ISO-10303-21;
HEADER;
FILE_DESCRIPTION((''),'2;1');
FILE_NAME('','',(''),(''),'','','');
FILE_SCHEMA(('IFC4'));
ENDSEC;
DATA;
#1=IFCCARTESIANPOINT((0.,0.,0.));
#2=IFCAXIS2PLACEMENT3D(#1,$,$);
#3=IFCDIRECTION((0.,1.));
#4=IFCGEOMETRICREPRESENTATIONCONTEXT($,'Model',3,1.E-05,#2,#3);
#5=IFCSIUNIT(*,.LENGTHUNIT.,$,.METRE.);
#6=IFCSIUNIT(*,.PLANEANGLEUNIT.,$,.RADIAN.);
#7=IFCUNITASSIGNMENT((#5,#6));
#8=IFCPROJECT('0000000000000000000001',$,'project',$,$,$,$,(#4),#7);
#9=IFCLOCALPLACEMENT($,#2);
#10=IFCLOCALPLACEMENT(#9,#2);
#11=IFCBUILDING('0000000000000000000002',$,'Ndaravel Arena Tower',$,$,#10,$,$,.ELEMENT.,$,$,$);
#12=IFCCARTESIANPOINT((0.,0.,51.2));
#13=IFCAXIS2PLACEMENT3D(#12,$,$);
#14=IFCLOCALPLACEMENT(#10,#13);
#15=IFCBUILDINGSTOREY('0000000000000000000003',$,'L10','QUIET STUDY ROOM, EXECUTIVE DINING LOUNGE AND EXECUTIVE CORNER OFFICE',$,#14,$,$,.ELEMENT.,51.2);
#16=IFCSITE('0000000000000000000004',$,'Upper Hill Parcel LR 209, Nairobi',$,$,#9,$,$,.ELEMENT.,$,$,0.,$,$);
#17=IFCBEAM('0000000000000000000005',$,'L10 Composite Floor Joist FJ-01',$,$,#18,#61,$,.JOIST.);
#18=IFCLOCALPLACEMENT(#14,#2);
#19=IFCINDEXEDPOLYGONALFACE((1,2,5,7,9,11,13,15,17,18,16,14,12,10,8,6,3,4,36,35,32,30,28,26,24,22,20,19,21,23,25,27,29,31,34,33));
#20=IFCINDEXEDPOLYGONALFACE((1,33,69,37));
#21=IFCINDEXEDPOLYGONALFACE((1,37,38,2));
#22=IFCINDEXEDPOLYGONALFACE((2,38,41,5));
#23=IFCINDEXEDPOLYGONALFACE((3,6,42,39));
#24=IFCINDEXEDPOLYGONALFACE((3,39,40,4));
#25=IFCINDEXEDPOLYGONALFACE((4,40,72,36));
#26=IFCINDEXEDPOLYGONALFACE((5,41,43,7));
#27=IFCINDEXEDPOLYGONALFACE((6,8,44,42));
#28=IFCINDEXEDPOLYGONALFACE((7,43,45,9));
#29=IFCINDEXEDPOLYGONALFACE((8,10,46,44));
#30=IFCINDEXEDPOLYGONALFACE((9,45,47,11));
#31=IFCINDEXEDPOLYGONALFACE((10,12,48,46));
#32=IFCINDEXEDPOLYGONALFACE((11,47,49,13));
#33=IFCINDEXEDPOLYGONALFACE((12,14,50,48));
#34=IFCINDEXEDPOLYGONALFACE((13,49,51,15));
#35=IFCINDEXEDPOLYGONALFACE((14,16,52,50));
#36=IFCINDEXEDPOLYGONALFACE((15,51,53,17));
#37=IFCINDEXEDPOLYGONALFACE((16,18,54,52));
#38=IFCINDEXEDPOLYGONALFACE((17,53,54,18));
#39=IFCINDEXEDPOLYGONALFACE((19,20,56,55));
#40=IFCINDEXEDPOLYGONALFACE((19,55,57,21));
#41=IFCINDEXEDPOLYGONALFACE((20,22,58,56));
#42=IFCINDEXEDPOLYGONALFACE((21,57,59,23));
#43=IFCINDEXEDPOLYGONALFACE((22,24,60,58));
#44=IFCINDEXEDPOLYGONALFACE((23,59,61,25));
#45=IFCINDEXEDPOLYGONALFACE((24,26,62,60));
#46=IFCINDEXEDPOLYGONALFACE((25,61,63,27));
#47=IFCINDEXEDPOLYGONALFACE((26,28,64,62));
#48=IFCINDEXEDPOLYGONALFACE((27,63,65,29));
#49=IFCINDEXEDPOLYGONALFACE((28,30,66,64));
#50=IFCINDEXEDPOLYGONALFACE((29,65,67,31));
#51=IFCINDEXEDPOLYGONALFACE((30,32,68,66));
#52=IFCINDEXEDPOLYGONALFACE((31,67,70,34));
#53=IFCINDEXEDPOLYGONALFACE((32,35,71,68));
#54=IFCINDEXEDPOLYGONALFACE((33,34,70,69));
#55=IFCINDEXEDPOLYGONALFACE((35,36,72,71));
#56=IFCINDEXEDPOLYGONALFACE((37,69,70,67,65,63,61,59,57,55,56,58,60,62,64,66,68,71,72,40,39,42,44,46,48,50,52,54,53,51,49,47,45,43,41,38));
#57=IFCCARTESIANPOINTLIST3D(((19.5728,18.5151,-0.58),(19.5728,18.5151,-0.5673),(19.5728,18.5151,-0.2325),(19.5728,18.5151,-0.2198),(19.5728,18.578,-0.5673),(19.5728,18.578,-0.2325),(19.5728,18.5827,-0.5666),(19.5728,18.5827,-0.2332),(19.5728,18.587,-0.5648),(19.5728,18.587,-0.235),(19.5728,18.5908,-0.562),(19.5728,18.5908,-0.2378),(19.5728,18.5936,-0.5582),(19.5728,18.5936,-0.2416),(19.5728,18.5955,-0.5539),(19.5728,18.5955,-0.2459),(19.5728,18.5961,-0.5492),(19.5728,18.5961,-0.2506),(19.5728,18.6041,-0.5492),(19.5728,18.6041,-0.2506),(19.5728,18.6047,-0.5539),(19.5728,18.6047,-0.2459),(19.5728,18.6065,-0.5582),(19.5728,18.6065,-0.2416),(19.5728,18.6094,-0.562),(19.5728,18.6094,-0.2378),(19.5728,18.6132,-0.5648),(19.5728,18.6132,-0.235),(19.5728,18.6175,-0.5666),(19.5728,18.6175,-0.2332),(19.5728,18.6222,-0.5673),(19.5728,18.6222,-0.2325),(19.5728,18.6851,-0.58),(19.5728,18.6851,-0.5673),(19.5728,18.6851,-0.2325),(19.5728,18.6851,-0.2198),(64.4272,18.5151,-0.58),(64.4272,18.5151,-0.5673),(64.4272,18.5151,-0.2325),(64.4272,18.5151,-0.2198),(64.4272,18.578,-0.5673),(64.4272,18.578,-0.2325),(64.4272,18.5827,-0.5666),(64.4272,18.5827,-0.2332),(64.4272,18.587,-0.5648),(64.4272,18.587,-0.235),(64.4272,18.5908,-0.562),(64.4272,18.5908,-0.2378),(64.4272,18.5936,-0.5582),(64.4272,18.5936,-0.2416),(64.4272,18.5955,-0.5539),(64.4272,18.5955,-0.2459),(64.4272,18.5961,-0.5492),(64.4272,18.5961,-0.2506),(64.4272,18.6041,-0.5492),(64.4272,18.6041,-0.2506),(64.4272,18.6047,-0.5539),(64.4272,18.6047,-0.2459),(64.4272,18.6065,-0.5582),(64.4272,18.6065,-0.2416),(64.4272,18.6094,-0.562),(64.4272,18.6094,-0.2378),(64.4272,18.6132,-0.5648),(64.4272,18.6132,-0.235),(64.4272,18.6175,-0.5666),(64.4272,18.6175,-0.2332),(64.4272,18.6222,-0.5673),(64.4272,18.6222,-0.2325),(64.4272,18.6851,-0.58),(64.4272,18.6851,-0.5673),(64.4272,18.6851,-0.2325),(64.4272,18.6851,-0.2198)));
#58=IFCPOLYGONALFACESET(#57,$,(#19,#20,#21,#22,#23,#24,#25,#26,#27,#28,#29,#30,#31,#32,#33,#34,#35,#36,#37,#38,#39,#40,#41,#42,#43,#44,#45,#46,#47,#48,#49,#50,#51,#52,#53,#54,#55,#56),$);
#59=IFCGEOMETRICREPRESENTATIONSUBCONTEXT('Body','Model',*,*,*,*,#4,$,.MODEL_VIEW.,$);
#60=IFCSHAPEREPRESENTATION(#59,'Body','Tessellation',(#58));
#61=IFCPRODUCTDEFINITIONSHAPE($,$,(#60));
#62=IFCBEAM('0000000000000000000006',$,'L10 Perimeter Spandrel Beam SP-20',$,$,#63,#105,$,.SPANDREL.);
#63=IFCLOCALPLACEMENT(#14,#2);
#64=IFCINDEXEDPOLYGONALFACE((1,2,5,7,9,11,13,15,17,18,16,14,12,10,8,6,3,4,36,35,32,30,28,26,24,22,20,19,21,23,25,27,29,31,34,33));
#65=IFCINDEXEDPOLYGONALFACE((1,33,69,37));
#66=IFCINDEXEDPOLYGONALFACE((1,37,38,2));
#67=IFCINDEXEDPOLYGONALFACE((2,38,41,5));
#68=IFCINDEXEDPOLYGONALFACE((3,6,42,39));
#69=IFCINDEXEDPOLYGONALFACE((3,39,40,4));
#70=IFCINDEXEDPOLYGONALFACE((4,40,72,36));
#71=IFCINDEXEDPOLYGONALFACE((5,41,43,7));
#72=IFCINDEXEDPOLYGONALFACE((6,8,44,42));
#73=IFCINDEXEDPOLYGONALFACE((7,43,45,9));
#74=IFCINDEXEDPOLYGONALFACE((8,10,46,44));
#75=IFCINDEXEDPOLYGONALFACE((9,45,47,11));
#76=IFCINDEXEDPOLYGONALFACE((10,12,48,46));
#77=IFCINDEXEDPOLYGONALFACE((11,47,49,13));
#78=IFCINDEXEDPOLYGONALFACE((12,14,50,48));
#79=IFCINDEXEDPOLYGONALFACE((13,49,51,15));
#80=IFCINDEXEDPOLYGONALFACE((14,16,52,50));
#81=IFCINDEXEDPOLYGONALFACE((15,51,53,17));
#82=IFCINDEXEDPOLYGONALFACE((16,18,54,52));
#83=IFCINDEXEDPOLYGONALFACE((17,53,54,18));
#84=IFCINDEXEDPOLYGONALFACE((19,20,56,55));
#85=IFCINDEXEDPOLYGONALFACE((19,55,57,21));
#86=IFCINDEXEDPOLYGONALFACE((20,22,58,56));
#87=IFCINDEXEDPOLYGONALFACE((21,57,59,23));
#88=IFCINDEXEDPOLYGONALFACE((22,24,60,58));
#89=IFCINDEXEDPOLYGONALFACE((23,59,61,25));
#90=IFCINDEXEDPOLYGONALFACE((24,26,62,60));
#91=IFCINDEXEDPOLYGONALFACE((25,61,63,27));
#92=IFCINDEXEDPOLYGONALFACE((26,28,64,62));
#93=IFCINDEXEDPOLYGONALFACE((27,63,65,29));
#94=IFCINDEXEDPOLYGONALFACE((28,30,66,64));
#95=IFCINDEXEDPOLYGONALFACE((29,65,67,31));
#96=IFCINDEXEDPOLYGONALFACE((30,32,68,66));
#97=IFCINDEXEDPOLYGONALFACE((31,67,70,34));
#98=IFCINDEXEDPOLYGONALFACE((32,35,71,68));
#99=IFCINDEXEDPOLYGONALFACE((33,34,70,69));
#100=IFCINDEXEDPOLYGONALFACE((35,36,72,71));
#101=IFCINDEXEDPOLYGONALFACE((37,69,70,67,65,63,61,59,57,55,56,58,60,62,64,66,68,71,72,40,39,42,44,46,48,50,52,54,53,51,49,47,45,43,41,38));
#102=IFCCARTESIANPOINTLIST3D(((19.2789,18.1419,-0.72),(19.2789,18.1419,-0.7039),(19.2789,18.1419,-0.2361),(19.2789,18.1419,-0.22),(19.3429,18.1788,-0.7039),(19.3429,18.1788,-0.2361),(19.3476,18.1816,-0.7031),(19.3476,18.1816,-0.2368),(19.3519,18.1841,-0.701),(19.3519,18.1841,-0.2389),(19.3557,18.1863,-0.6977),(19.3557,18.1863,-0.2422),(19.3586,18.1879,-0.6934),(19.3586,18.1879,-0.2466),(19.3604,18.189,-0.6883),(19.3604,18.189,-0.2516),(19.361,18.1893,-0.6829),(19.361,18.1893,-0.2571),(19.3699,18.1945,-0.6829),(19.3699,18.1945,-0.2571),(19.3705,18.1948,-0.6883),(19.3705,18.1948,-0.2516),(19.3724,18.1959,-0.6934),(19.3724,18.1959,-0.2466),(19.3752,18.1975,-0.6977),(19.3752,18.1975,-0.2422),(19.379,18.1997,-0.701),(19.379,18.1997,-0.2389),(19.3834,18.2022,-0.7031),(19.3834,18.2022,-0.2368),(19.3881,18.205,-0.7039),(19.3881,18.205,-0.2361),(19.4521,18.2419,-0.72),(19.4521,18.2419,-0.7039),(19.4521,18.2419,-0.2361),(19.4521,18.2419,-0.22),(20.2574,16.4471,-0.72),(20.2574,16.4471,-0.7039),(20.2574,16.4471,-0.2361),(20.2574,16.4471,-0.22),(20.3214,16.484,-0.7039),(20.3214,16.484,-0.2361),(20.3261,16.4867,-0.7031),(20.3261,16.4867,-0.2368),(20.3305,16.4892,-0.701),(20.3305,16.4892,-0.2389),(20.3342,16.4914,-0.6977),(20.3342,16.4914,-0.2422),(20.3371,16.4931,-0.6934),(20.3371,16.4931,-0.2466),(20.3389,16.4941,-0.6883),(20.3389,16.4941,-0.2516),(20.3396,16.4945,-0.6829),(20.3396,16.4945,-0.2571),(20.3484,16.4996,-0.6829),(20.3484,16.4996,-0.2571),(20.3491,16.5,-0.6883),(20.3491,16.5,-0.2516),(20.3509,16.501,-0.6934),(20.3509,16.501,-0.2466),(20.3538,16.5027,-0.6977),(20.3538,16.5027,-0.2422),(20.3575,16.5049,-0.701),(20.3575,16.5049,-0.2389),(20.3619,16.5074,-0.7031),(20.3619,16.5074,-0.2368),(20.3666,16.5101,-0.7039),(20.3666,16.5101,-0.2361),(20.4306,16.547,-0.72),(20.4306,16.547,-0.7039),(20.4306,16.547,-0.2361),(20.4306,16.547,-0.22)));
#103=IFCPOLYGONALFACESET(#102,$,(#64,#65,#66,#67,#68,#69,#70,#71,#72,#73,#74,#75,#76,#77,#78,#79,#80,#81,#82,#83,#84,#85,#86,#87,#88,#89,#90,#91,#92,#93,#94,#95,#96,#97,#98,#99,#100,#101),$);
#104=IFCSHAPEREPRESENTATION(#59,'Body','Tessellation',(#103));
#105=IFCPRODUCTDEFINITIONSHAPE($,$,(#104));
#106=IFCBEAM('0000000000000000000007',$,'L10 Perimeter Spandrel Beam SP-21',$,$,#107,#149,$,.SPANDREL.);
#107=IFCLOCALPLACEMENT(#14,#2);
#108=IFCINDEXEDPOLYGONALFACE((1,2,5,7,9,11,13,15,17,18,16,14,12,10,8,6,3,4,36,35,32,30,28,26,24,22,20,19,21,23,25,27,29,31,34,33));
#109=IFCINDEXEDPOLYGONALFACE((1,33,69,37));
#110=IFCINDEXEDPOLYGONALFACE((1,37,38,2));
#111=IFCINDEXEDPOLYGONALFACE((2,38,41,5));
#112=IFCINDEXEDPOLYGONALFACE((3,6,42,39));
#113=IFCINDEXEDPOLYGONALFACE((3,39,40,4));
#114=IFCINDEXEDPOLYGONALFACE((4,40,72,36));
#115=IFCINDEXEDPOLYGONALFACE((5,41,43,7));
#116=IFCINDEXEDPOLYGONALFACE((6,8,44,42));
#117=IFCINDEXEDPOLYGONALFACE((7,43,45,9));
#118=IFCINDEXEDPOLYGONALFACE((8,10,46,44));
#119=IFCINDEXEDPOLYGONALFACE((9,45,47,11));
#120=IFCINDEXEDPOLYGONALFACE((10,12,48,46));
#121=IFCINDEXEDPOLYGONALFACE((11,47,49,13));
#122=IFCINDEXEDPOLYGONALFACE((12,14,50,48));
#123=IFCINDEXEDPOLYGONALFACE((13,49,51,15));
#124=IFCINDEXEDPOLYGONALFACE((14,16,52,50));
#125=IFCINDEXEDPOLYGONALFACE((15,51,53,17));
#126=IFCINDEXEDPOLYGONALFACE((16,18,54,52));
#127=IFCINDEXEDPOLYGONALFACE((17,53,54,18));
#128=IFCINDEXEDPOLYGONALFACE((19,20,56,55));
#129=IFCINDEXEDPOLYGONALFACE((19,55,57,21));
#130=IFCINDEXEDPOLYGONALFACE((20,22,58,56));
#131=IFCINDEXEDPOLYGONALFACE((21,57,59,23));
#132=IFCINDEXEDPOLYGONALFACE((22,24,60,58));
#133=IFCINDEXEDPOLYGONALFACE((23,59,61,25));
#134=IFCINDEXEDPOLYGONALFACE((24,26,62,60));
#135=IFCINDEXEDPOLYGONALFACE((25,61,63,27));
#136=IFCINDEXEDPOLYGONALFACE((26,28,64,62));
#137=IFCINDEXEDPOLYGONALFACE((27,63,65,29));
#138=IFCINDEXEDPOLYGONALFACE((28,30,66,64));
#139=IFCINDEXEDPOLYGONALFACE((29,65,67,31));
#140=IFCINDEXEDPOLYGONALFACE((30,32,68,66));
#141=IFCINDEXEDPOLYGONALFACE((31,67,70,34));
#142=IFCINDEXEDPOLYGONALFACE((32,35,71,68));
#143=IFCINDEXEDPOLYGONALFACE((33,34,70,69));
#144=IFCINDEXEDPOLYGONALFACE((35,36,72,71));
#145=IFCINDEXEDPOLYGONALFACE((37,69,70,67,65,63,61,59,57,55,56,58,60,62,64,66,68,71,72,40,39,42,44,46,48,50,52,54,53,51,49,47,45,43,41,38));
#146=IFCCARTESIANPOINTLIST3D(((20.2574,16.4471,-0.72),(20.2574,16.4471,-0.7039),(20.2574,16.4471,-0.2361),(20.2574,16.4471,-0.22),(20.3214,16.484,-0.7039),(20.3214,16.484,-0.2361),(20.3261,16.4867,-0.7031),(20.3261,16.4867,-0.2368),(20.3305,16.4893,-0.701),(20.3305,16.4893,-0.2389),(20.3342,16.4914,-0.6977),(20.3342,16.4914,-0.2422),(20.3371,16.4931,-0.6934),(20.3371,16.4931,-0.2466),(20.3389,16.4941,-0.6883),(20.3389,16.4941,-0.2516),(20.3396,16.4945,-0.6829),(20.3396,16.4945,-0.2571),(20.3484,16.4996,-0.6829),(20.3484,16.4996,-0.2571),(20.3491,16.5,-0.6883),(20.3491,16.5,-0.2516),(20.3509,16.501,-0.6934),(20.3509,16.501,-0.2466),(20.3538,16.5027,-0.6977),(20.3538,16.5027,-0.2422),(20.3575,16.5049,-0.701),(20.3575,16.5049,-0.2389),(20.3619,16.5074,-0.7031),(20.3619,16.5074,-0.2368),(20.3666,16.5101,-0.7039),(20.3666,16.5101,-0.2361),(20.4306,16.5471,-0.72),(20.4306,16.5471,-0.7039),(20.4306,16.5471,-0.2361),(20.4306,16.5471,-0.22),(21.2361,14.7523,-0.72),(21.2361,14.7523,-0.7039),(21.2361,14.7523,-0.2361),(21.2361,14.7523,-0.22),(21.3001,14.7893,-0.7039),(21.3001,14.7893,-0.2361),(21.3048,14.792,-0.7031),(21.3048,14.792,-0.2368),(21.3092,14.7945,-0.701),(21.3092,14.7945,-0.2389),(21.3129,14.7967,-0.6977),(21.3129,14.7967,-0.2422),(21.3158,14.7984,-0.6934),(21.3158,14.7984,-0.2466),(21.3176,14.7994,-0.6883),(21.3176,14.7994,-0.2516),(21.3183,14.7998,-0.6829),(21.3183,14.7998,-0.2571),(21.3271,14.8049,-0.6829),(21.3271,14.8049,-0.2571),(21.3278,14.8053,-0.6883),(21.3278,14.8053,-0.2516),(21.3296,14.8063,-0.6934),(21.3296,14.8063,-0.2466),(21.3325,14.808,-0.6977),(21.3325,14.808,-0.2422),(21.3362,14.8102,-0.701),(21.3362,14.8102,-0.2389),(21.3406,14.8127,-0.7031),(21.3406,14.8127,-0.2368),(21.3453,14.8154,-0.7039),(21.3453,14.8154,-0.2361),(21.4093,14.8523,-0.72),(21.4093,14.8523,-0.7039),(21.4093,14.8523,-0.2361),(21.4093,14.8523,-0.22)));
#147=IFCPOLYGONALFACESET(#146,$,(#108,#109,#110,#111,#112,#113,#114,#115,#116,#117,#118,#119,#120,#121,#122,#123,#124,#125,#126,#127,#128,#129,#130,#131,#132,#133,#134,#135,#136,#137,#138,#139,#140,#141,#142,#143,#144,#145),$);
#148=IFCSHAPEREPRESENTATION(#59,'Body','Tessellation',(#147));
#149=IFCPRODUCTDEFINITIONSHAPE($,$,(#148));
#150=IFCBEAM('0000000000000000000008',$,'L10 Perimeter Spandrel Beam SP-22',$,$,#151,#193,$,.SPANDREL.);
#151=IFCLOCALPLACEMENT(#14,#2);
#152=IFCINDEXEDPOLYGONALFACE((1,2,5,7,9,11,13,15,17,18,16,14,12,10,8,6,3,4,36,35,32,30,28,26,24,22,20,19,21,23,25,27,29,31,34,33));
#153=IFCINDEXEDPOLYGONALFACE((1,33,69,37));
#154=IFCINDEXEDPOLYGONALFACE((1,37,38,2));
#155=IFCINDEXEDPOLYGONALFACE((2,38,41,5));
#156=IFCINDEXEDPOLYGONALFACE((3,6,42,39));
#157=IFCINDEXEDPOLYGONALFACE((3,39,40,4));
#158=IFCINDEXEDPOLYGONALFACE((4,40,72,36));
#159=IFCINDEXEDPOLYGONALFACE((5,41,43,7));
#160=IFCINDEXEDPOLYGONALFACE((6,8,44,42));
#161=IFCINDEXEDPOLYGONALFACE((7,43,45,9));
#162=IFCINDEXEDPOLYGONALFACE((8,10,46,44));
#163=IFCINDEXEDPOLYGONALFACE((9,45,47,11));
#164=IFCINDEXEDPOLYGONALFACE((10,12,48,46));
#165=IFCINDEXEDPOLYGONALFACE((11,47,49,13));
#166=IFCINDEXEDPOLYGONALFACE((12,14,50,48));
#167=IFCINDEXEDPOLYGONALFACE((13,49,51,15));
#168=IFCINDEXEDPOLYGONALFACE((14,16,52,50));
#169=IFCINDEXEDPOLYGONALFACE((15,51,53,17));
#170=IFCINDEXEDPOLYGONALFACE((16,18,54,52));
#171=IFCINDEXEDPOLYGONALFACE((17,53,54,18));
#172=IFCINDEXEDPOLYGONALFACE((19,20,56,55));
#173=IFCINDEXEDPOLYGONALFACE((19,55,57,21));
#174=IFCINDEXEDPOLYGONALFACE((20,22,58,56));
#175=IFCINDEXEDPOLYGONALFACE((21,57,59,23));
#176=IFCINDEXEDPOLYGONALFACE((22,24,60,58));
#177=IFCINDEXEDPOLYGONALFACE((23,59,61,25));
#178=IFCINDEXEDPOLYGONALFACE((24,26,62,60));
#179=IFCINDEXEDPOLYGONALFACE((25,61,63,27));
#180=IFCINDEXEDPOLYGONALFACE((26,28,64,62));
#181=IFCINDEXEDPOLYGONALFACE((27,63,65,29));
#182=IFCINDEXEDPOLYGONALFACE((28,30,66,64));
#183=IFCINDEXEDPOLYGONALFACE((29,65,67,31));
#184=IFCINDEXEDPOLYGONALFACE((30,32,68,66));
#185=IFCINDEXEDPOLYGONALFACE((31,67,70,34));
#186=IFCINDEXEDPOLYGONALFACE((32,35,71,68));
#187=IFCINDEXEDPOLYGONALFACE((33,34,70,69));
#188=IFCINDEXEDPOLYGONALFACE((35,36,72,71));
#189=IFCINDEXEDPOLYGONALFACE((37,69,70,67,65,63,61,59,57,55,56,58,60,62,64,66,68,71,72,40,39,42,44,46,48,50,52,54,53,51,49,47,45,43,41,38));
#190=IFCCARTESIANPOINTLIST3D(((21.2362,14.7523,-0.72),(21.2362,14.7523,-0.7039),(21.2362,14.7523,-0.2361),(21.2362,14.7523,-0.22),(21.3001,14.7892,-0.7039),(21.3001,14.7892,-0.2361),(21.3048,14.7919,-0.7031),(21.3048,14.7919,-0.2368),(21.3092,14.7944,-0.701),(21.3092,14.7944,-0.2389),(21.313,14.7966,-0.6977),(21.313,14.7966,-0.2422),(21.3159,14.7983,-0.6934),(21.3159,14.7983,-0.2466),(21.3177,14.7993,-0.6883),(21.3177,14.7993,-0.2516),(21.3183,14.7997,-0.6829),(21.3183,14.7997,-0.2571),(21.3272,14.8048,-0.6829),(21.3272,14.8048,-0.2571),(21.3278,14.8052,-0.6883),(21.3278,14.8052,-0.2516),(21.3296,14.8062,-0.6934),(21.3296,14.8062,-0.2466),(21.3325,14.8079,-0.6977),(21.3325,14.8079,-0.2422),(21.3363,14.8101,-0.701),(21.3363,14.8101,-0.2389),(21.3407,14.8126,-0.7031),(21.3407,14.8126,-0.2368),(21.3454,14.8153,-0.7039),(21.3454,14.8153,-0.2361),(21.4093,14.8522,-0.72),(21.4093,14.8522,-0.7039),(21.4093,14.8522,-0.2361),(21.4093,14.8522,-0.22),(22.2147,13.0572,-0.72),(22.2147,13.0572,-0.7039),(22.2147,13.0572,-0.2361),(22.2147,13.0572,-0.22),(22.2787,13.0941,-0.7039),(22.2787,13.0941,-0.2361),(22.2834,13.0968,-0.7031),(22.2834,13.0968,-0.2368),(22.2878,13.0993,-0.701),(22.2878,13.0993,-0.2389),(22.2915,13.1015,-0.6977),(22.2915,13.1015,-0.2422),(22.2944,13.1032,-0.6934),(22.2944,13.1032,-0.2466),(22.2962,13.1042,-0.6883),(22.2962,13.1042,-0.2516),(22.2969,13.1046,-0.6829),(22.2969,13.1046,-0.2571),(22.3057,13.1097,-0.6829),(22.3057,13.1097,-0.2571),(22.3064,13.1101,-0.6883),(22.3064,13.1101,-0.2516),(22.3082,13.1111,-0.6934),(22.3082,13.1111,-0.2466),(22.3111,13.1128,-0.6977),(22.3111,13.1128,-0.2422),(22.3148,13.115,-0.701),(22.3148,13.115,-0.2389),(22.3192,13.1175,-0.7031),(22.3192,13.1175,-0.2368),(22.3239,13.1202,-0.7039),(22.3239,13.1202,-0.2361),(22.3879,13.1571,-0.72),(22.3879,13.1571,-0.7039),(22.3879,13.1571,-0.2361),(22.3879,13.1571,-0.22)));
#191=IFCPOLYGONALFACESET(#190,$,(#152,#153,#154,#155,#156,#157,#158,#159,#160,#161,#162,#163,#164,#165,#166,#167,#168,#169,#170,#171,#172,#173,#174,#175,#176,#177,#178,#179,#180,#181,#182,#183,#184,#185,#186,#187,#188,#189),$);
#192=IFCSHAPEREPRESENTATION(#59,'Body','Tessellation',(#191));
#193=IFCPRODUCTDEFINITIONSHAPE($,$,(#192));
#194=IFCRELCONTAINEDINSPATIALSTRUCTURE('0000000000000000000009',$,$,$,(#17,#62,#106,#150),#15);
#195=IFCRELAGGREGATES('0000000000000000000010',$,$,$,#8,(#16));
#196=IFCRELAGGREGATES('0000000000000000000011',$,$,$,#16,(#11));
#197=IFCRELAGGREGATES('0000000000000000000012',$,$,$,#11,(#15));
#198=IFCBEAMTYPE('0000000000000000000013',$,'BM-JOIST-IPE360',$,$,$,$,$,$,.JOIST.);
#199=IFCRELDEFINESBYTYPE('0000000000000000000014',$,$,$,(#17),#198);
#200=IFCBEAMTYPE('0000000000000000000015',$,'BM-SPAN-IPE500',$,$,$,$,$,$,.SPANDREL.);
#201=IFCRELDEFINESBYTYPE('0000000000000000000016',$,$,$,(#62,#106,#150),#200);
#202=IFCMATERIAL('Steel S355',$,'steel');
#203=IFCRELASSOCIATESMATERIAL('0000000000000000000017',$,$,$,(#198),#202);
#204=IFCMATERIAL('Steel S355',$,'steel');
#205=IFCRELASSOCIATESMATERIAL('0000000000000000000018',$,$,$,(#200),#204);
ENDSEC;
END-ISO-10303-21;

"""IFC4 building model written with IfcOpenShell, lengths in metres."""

from ifc_helpers import new_model, si_unit, direction, frame, origin, origin_2d, place, context, subcontext, project, spatial, i_section, extrude, material, material_profile, profile_set, type_object, element, save


model = new_model("IFC4")

# Units and contexts
model_context = context("Model", 3, precision=1e-05, world=origin(), true_north=direction((0.0, 1.0)))
body_context = subcontext(model_context, "Body", "Model", "MODEL_VIEW")
ifc_project = project(units=[si_unit("LENGTHUNIT", "METRE"), si_unit("PLANEANGLEUNIT", "RADIAN")], contexts=[model_context])

# Site, building, storey
site_placement = place(None, origin())
site = spatial("IfcSite", under=ifc_project, at=site_placement, Name="Upper Hill Parcel LR 209, Nairobi", CompositionType="ELEMENT", RefElevation=0.0)
building_placement = place(site_placement, origin())
building = spatial("IfcBuilding", under=site, at=building_placement, Name="Ndaravel Arena Tower", CompositionType="ELEMENT")
storey_placement = place(building_placement, frame((0.0, 0.0, 51.2)))
storey = spatial("IfcBuildingStorey", under=building, at=storey_placement, Name="L10", Description="QUIET STUDY ROOM, EXECUTIVE DINING LOUNGE AND EXECUTIVE CORNER OFFICE", CompositionType="ELEMENT", Elevation=51.2)

# Beams
ifc_material_1 = material(Name="Steel S355", Category="steel")
ifc_material_profile_1 = material_profile(ifc_material_1, i_section(OverallWidth=0.1699, OverallDepth=0.3601, WebThickness=0.0081, FlangeThickness=0.0127, FilletRadius=0.0181, at=origin_2d()), Name="IPE 360")
ifc_profile_set_1 = profile_set([ifc_material_profile_1], Name="Steel S355")
beam_type_1 = type_object("IfcBeamType", Name="BM-JOIST-IPE360", PredefinedType="JOIST", material=ifc_profile_set_1)
beam_1_placement = place(storey_placement, frame((19.5728, 18.6001, -0.3999), z_axis=(1.0, 0.0, 0.0), x_axis=(0.0, 1.0, 0.0)))
element("IfcBeam", 1, at=beam_1_placement, inside=storey, type_object=beam_type_1, Name="L10 Composite Floor Joist FJ-01", PredefinedType="JOIST", context=body_context, shape_type="SweptSolid", body=[
    extrude(i_section(OverallWidth=0.1699, OverallDepth=0.3601, WebThickness=0.0081, FlangeThickness=0.0127, FilletRadius=0.0181, at=origin_2d()), origin(), (0.0, 0.0, 1.0), 44.8545),
])
ifc_material_2 = material(Name="Steel S355", Category="steel")
ifc_material_profile_2 = material_profile(ifc_material_2, i_section(OverallWidth=0.2, OverallDepth=0.5, WebThickness=0.0103, FlangeThickness=0.0161, FilletRadius=0.021, at=origin_2d()), Name="IPE 500")
ifc_profile_set_2 = profile_set([ifc_material_profile_2], Name="Steel S355")
beam_type_2 = type_object("IfcBeamType", Name="BM-SPAN-IPE500", PredefinedType="SPANDREL", material=ifc_profile_set_2)
for number, where, z_axis, x_axis, name in (
    (2, (19.3655, 18.1919, -0.47), (0.500003, -0.866024, 0.0), (0.866024, 0.500003, 0.0), "L10 Perimeter Spandrel Beam SP-20"),
    (3, (20.344, 16.4971, -0.47), (0.500097, -0.86597, 0.0), (0.86597, 0.500097, 0.0), "L10 Perimeter Spandrel Beam SP-21"),
):
    element("IfcBeam", number, at=place(storey_placement, frame(where, z_axis=z_axis, x_axis=x_axis)), inside=storey, type_object=beam_type_2, Name=name, PredefinedType="SPANDREL", context=body_context, shape_type="SweptSolid", body=[
        extrude(i_section(OverallWidth=0.2, OverallDepth=0.5, WebThickness=0.0103, FlangeThickness=0.0161, FilletRadius=0.021, at=origin_2d()), origin(), (0.0, 0.0, 1.0), 1.957),
    ])
beam_2_placement = place(storey_placement, frame((21.3228, 14.8022, -0.47), z_axis=(0.499949, -0.866055, 0.0), x_axis=(0.866055, 0.499949, 0.0)))
element("IfcBeam", 4, at=beam_2_placement, inside=storey, type_object=beam_type_2, Name="L10 Perimeter Spandrel Beam SP-22", PredefinedType="SPANDREL", context=body_context, shape_type="SweptSolid", body=[
    extrude(i_section(OverallWidth=0.2, OverallDepth=0.5, WebThickness=0.0103, FlangeThickness=0.0161, FilletRadius=0.021, at=origin_2d()), origin(), (0.0, 0.0, 1.0), 1.9573),
])

save(model, "model.ifc")
